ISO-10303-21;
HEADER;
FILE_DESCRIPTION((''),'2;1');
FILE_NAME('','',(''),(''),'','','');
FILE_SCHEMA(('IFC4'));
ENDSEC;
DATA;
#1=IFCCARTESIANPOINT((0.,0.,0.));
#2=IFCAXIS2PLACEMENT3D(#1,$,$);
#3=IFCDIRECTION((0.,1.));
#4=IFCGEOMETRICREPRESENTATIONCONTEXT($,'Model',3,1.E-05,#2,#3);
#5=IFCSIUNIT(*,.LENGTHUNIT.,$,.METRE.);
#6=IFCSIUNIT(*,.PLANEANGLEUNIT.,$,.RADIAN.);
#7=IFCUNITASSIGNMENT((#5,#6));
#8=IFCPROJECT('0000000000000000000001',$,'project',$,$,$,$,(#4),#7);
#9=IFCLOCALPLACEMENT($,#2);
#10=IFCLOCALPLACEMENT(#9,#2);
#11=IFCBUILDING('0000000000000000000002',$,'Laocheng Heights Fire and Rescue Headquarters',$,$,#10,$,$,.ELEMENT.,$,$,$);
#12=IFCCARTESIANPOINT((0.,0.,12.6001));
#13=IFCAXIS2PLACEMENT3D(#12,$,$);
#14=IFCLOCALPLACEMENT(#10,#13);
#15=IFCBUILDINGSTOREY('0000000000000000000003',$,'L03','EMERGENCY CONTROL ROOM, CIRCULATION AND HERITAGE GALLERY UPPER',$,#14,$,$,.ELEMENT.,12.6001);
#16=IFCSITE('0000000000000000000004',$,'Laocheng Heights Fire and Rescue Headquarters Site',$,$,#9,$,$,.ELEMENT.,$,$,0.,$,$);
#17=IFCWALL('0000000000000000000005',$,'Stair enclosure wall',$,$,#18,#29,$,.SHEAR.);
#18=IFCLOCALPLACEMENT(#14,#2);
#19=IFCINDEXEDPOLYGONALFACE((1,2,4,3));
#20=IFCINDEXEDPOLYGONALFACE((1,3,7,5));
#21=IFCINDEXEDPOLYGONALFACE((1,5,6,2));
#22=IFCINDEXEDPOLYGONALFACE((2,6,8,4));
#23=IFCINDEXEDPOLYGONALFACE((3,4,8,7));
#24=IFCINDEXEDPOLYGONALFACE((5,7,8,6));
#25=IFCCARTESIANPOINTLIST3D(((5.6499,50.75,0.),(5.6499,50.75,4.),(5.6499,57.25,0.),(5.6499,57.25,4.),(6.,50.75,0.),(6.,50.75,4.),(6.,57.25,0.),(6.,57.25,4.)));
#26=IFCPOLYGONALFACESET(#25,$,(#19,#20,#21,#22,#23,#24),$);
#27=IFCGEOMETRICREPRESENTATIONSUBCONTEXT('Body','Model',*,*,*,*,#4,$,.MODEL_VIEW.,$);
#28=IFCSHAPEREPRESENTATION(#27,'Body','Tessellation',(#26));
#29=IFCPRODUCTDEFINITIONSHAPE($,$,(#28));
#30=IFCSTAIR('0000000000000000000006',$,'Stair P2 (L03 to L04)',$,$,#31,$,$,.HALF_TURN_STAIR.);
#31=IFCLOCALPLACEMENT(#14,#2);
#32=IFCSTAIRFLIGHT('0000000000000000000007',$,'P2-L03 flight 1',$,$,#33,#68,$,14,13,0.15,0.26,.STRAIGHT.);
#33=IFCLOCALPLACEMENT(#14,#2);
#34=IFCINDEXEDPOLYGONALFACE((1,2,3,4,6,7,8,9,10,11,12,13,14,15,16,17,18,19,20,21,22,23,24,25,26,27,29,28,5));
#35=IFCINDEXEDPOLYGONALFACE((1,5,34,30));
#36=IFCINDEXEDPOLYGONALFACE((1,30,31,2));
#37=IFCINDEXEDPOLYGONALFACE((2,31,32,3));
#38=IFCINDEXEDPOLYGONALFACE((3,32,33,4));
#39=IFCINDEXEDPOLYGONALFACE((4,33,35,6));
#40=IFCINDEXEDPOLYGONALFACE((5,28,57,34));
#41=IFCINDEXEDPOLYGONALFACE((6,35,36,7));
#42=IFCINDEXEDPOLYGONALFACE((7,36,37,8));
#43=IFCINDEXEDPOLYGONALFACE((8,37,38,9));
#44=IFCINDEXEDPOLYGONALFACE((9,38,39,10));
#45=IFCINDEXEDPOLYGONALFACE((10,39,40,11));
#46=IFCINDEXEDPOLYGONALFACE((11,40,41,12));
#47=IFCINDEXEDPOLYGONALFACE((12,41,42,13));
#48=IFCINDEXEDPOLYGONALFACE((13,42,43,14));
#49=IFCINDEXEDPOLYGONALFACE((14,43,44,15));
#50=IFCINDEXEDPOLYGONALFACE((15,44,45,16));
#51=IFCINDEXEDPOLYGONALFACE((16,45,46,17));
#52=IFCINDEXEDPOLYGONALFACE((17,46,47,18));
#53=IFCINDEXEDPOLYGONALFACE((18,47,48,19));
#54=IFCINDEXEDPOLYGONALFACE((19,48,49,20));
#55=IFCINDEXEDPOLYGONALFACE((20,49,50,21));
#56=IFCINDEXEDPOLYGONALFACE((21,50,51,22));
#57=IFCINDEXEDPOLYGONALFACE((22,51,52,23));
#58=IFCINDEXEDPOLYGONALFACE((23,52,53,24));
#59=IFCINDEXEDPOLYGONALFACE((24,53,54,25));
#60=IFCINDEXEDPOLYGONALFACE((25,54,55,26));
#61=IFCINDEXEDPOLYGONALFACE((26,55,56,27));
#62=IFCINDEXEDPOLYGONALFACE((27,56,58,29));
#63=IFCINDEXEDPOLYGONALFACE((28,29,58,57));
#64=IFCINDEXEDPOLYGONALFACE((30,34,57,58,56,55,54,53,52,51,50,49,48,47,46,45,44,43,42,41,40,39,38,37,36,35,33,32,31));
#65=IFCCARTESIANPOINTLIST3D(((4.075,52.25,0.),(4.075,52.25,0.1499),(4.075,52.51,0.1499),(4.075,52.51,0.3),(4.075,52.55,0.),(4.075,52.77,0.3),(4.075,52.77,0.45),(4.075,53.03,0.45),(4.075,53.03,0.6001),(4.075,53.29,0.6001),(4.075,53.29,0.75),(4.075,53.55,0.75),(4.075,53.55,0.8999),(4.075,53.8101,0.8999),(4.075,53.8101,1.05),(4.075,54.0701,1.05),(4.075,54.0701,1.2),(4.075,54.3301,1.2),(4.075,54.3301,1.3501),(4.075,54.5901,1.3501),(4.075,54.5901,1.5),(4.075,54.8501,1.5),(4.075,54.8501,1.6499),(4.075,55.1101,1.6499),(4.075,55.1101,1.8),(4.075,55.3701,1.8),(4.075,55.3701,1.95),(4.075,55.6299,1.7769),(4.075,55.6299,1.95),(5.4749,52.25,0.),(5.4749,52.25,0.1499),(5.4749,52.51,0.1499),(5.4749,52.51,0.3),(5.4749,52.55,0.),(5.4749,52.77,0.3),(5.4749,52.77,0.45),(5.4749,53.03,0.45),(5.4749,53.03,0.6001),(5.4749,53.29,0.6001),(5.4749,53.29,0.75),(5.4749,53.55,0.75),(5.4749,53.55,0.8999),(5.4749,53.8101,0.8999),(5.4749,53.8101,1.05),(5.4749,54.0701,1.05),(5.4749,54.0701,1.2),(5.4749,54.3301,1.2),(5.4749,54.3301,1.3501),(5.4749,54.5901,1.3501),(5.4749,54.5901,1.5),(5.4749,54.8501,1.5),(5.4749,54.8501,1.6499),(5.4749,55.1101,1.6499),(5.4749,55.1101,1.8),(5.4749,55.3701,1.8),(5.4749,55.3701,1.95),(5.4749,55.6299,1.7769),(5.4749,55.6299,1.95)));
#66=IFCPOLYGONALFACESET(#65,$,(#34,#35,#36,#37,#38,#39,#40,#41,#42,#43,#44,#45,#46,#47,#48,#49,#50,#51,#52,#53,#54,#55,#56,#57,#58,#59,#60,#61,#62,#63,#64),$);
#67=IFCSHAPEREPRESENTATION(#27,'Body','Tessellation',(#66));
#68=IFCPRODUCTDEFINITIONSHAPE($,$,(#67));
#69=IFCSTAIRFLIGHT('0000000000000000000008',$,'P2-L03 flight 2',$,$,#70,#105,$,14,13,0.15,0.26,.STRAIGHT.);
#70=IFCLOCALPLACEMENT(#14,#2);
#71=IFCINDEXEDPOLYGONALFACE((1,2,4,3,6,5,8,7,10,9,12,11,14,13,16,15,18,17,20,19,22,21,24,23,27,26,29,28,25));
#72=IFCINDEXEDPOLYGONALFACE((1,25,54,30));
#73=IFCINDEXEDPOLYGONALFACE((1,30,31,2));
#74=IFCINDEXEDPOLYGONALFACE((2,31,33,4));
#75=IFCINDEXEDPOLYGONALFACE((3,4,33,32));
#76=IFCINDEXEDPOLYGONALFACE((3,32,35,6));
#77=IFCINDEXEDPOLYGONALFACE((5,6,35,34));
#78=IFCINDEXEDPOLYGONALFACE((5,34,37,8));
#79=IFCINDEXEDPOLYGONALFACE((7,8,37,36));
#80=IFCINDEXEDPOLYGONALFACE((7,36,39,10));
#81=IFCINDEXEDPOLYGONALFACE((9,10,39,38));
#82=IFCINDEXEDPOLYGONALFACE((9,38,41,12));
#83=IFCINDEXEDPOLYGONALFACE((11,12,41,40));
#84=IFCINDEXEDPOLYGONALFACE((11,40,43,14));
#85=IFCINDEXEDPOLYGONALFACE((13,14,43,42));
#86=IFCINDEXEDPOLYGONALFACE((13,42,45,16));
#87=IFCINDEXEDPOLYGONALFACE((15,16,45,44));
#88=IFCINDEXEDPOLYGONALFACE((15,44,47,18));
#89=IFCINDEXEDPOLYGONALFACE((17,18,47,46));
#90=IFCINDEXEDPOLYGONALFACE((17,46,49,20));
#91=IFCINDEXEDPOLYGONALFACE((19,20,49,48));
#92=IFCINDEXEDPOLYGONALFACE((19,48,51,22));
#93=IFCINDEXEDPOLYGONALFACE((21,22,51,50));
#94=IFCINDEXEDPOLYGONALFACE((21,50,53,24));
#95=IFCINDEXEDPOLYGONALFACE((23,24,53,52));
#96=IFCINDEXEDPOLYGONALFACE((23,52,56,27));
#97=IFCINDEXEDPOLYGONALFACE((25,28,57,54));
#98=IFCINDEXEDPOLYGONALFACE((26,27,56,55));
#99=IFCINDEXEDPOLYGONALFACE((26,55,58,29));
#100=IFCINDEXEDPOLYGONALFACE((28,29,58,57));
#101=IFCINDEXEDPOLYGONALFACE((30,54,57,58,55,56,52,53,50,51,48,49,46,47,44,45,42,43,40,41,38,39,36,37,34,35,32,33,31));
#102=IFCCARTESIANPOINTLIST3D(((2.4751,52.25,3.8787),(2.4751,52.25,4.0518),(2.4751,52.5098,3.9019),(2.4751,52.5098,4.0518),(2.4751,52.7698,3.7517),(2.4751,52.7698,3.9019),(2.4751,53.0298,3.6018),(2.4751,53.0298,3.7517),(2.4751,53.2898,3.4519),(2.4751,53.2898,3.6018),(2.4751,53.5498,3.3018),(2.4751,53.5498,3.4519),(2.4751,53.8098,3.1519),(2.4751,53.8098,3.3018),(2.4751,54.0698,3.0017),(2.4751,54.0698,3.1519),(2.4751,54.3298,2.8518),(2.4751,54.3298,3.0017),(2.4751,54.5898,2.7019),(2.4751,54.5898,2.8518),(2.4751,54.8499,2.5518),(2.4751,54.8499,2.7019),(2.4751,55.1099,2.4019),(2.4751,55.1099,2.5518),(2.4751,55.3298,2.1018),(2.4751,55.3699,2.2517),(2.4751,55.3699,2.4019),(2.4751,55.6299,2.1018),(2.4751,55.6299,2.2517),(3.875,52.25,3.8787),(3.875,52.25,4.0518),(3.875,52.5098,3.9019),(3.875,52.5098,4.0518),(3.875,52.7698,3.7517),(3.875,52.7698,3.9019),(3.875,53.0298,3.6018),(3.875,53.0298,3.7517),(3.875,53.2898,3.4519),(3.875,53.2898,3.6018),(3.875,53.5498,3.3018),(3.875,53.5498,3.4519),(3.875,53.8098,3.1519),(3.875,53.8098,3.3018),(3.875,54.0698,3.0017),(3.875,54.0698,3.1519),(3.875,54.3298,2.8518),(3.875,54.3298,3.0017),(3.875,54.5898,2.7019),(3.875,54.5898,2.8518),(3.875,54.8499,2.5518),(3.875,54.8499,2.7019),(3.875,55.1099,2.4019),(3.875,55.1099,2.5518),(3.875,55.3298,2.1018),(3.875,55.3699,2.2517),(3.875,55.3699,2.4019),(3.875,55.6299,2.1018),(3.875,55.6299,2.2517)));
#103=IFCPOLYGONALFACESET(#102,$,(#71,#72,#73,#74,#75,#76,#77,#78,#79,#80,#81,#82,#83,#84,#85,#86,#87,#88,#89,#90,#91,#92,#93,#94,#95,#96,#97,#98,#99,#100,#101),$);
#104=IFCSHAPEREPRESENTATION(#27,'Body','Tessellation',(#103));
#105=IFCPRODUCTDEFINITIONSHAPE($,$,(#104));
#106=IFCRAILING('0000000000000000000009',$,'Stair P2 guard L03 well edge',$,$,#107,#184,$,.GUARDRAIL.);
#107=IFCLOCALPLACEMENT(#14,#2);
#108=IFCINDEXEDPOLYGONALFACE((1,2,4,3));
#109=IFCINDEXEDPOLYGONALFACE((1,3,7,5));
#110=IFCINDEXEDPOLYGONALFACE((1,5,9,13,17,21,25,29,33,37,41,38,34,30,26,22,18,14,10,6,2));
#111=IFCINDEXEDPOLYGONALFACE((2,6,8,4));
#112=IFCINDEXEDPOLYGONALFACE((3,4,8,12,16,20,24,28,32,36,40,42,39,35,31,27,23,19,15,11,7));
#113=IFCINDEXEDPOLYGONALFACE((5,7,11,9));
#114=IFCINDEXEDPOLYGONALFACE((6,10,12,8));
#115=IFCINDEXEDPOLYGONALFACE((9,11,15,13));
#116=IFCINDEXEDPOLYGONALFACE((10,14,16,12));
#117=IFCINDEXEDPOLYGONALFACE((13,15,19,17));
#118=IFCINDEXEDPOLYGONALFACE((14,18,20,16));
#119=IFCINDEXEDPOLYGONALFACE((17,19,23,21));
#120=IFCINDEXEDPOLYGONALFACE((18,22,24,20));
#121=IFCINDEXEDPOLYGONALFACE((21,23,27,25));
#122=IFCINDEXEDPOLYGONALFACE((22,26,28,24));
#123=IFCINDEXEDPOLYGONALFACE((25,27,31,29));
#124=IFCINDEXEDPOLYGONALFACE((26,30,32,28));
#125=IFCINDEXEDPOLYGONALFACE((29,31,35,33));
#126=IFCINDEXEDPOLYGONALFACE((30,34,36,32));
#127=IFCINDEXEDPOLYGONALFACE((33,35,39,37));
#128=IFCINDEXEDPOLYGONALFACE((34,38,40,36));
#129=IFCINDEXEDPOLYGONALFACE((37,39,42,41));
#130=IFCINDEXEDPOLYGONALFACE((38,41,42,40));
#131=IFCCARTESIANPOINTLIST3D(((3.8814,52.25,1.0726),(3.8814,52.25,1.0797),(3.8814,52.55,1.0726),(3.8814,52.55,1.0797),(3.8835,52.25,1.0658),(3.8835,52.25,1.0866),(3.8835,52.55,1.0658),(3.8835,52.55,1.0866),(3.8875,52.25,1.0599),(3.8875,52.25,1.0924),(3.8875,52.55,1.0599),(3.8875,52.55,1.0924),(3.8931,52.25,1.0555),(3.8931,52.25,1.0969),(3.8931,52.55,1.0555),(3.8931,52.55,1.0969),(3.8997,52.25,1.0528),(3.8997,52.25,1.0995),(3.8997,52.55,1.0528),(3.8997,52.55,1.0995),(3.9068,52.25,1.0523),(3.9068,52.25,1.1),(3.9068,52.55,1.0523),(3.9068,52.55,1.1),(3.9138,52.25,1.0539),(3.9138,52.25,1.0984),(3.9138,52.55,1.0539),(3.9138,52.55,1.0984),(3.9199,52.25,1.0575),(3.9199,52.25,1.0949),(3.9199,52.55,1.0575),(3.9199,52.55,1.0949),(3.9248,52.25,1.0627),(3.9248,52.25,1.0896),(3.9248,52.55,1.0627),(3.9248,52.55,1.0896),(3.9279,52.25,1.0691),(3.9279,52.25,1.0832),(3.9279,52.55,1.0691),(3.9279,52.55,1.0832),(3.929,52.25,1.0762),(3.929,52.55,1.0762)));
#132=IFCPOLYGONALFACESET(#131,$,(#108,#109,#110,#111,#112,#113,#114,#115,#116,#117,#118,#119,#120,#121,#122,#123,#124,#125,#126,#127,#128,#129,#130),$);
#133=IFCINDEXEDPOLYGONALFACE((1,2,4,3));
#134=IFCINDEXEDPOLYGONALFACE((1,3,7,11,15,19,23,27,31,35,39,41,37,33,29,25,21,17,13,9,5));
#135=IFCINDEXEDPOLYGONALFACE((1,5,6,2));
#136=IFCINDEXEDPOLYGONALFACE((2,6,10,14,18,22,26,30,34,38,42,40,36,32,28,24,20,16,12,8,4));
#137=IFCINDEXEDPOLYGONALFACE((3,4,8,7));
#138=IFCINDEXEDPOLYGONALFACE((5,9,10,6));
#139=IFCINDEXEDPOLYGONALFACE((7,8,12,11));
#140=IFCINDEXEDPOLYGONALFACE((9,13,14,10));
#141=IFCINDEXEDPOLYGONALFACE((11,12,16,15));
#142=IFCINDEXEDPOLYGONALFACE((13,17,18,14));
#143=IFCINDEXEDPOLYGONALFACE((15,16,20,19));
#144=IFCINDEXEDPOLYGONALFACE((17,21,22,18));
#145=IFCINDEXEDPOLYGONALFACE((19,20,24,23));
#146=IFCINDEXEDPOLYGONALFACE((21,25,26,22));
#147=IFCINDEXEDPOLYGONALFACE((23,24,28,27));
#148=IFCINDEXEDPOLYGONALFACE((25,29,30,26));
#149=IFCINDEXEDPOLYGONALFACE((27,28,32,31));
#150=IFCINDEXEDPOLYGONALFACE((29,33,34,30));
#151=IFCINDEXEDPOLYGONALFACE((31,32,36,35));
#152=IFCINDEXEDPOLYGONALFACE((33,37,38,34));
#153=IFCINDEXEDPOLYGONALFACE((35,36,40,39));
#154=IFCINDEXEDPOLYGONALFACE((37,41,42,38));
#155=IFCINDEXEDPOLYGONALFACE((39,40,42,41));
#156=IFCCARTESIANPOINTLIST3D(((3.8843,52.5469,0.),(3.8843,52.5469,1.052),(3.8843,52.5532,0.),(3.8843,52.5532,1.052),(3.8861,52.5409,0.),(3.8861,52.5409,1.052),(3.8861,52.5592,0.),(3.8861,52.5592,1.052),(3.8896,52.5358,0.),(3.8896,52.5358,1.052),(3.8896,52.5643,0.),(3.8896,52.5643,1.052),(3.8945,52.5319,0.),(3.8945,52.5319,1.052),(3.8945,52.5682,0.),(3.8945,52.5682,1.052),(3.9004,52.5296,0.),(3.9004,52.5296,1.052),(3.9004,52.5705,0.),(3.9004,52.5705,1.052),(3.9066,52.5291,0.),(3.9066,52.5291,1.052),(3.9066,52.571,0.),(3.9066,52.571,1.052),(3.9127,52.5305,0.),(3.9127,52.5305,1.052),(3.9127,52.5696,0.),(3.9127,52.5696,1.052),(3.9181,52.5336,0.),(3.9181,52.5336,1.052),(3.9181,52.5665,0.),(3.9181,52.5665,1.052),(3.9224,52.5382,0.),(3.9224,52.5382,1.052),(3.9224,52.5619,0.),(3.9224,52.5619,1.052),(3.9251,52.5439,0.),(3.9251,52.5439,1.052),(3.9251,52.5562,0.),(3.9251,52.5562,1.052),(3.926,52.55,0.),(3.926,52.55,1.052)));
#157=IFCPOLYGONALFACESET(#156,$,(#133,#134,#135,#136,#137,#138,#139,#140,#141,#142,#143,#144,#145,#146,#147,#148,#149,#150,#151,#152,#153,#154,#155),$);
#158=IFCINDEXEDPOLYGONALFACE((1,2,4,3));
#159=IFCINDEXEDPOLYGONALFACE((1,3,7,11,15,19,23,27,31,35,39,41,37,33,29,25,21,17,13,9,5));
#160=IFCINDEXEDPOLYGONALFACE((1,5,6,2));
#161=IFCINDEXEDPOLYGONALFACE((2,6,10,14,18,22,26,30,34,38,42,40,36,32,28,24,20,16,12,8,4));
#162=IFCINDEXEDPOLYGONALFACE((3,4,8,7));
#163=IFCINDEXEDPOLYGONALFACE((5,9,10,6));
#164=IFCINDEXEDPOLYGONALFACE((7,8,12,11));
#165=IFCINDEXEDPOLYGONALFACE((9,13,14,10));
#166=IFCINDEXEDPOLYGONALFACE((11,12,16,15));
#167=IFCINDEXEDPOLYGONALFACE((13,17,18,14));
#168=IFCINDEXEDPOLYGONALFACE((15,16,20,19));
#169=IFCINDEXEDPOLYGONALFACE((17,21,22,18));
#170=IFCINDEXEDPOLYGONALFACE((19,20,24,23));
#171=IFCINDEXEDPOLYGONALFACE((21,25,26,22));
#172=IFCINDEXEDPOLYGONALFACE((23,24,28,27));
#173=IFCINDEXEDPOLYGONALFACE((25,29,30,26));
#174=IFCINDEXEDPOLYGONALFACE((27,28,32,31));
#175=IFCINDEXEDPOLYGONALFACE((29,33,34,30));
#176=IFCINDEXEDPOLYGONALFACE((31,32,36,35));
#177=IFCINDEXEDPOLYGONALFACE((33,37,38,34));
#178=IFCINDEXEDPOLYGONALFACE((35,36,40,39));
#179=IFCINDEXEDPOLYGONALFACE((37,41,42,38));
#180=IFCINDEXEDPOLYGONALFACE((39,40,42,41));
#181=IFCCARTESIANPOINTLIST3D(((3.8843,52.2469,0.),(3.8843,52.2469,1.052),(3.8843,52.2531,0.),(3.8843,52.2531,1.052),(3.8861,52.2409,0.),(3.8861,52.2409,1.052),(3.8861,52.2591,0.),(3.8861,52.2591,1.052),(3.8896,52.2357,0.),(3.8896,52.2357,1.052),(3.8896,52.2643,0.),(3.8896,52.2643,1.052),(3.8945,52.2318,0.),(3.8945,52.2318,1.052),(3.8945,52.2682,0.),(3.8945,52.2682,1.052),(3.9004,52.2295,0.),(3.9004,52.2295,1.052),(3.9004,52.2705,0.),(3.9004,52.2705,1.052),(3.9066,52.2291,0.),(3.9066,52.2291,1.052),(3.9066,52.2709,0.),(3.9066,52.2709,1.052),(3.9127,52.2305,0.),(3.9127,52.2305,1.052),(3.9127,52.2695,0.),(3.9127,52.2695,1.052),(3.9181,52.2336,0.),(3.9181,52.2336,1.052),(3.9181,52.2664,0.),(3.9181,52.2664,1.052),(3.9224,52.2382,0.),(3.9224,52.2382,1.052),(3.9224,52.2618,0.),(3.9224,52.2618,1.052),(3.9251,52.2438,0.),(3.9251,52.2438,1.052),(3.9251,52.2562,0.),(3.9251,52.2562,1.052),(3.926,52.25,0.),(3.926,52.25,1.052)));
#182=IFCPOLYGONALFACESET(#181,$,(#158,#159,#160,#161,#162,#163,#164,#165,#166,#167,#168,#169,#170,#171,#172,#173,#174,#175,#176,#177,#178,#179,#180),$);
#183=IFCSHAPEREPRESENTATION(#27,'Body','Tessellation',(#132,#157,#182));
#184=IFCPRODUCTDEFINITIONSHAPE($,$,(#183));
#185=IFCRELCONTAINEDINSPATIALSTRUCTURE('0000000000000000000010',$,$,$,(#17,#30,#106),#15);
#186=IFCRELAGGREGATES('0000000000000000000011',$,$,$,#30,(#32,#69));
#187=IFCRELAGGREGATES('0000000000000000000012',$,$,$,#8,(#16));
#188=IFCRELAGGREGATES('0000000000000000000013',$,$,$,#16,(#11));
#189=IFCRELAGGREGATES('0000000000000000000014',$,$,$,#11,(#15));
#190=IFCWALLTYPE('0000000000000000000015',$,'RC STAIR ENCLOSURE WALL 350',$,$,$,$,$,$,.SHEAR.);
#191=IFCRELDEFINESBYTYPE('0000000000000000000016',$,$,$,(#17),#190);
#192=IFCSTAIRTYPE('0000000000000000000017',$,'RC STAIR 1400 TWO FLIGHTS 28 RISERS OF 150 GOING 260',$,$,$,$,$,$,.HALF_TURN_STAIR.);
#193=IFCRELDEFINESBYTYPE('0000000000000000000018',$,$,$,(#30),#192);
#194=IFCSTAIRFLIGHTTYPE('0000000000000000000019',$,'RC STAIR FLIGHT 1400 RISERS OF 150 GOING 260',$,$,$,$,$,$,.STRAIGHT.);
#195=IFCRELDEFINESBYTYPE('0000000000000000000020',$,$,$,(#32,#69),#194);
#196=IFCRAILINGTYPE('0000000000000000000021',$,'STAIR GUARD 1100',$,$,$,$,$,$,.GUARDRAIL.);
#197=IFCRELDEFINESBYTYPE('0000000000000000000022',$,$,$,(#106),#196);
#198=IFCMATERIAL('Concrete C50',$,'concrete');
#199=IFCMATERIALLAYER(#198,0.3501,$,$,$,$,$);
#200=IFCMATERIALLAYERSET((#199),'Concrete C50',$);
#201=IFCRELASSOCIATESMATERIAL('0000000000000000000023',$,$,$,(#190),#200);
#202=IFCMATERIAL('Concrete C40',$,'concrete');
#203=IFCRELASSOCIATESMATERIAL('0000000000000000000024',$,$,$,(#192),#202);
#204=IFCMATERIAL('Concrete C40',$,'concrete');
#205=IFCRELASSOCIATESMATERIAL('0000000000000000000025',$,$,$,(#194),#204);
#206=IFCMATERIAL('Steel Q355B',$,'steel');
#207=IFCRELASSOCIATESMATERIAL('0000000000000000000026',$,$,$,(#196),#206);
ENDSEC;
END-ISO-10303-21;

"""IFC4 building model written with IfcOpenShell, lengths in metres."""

from ifc_helpers import new_model, si_unit, direction, frame, frame_2d, origin, origin_2d, place, context, subcontext, project, spatial, polyline, rectangle, circle, outline, extrude, material, layer, layer_set, type_object, element, aggregate, save


model = new_model("IFC4")

# Units and contexts
model_context = context("Model", 3, precision=1e-05, world=origin(), true_north=direction((0.0, 1.0)))
body_context = subcontext(model_context, "Body", "Model", "MODEL_VIEW")
ifc_project = project(units=[si_unit("LENGTHUNIT", "METRE"), si_unit("PLANEANGLEUNIT", "RADIAN")], contexts=[model_context])

# Site, building, storey
site_placement = place(None, origin())
site = spatial("IfcSite", under=ifc_project, at=site_placement, Name="Laocheng Heights Fire and Rescue Headquarters Site", CompositionType="ELEMENT", RefElevation=0.0)
building_placement = place(site_placement, origin())
building = spatial("IfcBuilding", under=site, at=building_placement, Name="Laocheng Heights Fire and Rescue Headquarters", CompositionType="ELEMENT")
storey_placement = place(building_placement, frame((0.0, 0.0, 12.6001)))
storey = spatial("IfcBuildingStorey", under=building, at=storey_placement, Name="L03", Description="EMERGENCY CONTROL ROOM, CIRCULATION AND HERITAGE GALLERY UPPER", CompositionType="ELEMENT", Elevation=12.6001)

# Shared definitions
ifc_material_1 = material(Name="Concrete C50", Category="concrete")
ifc_layer_1 = layer(ifc_material_1, 0.3501)
ifc_layer_set_1 = layer_set([ifc_layer_1], Name="Concrete C50")
wall_type_1 = type_object("IfcWallType", Name="RC STAIR ENCLOSURE WALL 350", PredefinedType="SHEAR", material=ifc_layer_set_1)

# Wall
for number, where, z_axis, x_axis, name in (
    (1, (5.825, 50.75, 0.0), (0.0, 0.0, 1.0), (0.0, 1.0, 0.0), "Stair enclosure wall"),
):
    element("IfcWall", number, at=place(storey_placement, frame(where, z_axis=z_axis, x_axis=x_axis)), inside=storey, type_object=wall_type_1, Name=name, PredefinedType="SHEAR", context=body_context, shape_type="SweptSolid", body=[
        extrude(rectangle(XDim=6.5, YDim=0.3501, at=frame_2d((3.25, 0.0))), origin(), (0.0, 0.0, 1.0), 4.0),
    ])

# Stair, stair flights
ifc_material_2 = material(Name="Concrete C40", Category="concrete")
stair_type = type_object("IfcStairType", Name="RC STAIR 1400 TWO FLIGHTS 28 RISERS OF 150 GOING 260", PredefinedType="HALF_TURN_STAIR", material=ifc_material_2)
stair_placement = place(storey_placement, origin())
stair = element("IfcStair", 2, at=stair_placement, inside=storey, type_object=stair_type, Name="Stair P2 (L03 to L04)", PredefinedType="HALF_TURN_STAIR")
ifc_material_3 = material(Name="Concrete C40", Category="concrete")
stair_flight_type = type_object("IfcStairFlightType", Name="RC STAIR FLIGHT 1400 RISERS OF 150 GOING 260", PredefinedType="STRAIGHT", material=ifc_material_3)
stair_flight_1_placement = place(storey_placement, frame((4.7749, 52.25, 0.0), z_axis=(0.0, 0.0, 1.0), x_axis=(0.0, 1.0, 0.0)))
stair_flight_1 = element("IfcStairFlight", 3, at=stair_flight_1_placement, type_object=stair_flight_type, Name="P2-L03 flight 1", NumberOfRisers=14, NumberOfTreads=13, PredefinedType="STRAIGHT", RiserHeight=0.15, TreadLength=0.26, context=body_context, shape_type="SweptSolid", body=[
    extrude(outline(polyline([(0.0, 0.0), (0.0, 0.1499), (0.26, 0.1499), (0.26, 0.3), (0.52, 0.3), (0.52, 0.45), (0.78, 0.45), (0.78, 0.6001), (1.04, 0.6001), (1.04, 0.75), (1.3, 0.75), (1.3, 0.8999), (1.5601, 0.8999), (1.5601, 1.05), (1.8201, 1.05), (1.8201, 1.2), (2.0801, 1.2), (2.0801, 1.3501), (2.3401, 1.3501), (2.3401, 1.5), (2.6001, 1.5), (2.6001, 1.6499), (2.8601, 1.6499), (2.8601, 1.8), (3.1201, 1.8), (3.1201, 1.95), (3.3799, 1.95), (3.3799, 2.1001), (3.3799, 1.7769), (0.3, 0.0), (0.0, 0.0)])), frame((0.0, 0.7, 0.0), z_axis=(0.0, -1.0, 0.0), x_axis=(1.0, 0.0, 0.0)), (0.0, 0.0, 1.0), 1.3999),
])
stair_flight_2_placement = place(storey_placement, frame((3.175, 55.6299, 2.1018), z_axis=(0.0, 0.0, 1.0), x_axis=(0.0, -1.0, 0.0)))
stair_flight_2 = element("IfcStairFlight", 4, at=stair_flight_2_placement, type_object=stair_flight_type, Name="P2-L03 flight 2", NumberOfRisers=14, NumberOfTreads=13, PredefinedType="STRAIGHT", RiserHeight=0.15, TreadLength=0.26, context=body_context, shape_type="SweptSolid", body=[
    extrude(outline(polyline([(0.0, 0.0), (0.0, 0.1499), (0.26, 0.1499), (0.26, 0.3), (0.52, 0.3), (0.52, 0.45), (0.78, 0.45), (0.78, 0.6001), (1.04, 0.6001), (1.04, 0.75), (1.3, 0.75), (1.3, 0.8999), (1.5601, 0.8999), (1.5601, 1.05), (1.8201, 1.05), (1.8201, 1.2), (2.0801, 1.2), (2.0801, 1.3501), (2.3401, 1.3501), (2.3401, 1.5), (2.6001, 1.5), (2.6001, 1.6499), (2.8601, 1.6499), (2.8601, 1.8), (3.1201, 1.8), (3.1201, 1.95), (3.3799, 1.95), (3.3799, 2.1001), (3.3799, 1.7769), (0.3, 0.0), (0.0, 0.0)])), frame((0.0, 0.7, 0.0), z_axis=(0.0, -1.0, 0.0), x_axis=(1.0, 0.0, 0.0)), (0.0, 0.0, 1.0), 1.3999),
])
aggregate(stair, [stair_flight_1, stair_flight_2])

# Railing
ifc_material_4 = material(Name="Steel Q355B", Category="steel")
railing_type_1 = type_object("IfcRailingType", Name="STAIR GUARD 1100", PredefinedType="GUARDRAIL", material=ifc_material_4)
railing_1_placement = place(storey_placement, frame((3.905, 52.55, 0.0)))
element("IfcRailing", 5, at=railing_1_placement, inside=storey, type_object=railing_type_1, Name="Stair P2 guard L03 well edge", PredefinedType="GUARDRAIL", context=body_context, shape_type="SweptSolid", body=[
    extrude(circle(Radius=0.0239, at=origin_2d()), frame((0.0, 0.0, 1.0762), z_axis=(0.0, -1.0, 0.0), x_axis=(1.0, 0.0, 0.0)), (0.0, 0.0, 1.0), 0.3),
    extrude(circle(Radius=0.021, at=origin_2d()), origin(), (0.0, 0.0, 1.0), 1.052),
    extrude(circle(Radius=0.021, at=origin_2d()), frame((0.0, -0.3, 0.0)), (0.0, 0.0, 1.0), 1.052),
])

save(model, "model.ifc")
